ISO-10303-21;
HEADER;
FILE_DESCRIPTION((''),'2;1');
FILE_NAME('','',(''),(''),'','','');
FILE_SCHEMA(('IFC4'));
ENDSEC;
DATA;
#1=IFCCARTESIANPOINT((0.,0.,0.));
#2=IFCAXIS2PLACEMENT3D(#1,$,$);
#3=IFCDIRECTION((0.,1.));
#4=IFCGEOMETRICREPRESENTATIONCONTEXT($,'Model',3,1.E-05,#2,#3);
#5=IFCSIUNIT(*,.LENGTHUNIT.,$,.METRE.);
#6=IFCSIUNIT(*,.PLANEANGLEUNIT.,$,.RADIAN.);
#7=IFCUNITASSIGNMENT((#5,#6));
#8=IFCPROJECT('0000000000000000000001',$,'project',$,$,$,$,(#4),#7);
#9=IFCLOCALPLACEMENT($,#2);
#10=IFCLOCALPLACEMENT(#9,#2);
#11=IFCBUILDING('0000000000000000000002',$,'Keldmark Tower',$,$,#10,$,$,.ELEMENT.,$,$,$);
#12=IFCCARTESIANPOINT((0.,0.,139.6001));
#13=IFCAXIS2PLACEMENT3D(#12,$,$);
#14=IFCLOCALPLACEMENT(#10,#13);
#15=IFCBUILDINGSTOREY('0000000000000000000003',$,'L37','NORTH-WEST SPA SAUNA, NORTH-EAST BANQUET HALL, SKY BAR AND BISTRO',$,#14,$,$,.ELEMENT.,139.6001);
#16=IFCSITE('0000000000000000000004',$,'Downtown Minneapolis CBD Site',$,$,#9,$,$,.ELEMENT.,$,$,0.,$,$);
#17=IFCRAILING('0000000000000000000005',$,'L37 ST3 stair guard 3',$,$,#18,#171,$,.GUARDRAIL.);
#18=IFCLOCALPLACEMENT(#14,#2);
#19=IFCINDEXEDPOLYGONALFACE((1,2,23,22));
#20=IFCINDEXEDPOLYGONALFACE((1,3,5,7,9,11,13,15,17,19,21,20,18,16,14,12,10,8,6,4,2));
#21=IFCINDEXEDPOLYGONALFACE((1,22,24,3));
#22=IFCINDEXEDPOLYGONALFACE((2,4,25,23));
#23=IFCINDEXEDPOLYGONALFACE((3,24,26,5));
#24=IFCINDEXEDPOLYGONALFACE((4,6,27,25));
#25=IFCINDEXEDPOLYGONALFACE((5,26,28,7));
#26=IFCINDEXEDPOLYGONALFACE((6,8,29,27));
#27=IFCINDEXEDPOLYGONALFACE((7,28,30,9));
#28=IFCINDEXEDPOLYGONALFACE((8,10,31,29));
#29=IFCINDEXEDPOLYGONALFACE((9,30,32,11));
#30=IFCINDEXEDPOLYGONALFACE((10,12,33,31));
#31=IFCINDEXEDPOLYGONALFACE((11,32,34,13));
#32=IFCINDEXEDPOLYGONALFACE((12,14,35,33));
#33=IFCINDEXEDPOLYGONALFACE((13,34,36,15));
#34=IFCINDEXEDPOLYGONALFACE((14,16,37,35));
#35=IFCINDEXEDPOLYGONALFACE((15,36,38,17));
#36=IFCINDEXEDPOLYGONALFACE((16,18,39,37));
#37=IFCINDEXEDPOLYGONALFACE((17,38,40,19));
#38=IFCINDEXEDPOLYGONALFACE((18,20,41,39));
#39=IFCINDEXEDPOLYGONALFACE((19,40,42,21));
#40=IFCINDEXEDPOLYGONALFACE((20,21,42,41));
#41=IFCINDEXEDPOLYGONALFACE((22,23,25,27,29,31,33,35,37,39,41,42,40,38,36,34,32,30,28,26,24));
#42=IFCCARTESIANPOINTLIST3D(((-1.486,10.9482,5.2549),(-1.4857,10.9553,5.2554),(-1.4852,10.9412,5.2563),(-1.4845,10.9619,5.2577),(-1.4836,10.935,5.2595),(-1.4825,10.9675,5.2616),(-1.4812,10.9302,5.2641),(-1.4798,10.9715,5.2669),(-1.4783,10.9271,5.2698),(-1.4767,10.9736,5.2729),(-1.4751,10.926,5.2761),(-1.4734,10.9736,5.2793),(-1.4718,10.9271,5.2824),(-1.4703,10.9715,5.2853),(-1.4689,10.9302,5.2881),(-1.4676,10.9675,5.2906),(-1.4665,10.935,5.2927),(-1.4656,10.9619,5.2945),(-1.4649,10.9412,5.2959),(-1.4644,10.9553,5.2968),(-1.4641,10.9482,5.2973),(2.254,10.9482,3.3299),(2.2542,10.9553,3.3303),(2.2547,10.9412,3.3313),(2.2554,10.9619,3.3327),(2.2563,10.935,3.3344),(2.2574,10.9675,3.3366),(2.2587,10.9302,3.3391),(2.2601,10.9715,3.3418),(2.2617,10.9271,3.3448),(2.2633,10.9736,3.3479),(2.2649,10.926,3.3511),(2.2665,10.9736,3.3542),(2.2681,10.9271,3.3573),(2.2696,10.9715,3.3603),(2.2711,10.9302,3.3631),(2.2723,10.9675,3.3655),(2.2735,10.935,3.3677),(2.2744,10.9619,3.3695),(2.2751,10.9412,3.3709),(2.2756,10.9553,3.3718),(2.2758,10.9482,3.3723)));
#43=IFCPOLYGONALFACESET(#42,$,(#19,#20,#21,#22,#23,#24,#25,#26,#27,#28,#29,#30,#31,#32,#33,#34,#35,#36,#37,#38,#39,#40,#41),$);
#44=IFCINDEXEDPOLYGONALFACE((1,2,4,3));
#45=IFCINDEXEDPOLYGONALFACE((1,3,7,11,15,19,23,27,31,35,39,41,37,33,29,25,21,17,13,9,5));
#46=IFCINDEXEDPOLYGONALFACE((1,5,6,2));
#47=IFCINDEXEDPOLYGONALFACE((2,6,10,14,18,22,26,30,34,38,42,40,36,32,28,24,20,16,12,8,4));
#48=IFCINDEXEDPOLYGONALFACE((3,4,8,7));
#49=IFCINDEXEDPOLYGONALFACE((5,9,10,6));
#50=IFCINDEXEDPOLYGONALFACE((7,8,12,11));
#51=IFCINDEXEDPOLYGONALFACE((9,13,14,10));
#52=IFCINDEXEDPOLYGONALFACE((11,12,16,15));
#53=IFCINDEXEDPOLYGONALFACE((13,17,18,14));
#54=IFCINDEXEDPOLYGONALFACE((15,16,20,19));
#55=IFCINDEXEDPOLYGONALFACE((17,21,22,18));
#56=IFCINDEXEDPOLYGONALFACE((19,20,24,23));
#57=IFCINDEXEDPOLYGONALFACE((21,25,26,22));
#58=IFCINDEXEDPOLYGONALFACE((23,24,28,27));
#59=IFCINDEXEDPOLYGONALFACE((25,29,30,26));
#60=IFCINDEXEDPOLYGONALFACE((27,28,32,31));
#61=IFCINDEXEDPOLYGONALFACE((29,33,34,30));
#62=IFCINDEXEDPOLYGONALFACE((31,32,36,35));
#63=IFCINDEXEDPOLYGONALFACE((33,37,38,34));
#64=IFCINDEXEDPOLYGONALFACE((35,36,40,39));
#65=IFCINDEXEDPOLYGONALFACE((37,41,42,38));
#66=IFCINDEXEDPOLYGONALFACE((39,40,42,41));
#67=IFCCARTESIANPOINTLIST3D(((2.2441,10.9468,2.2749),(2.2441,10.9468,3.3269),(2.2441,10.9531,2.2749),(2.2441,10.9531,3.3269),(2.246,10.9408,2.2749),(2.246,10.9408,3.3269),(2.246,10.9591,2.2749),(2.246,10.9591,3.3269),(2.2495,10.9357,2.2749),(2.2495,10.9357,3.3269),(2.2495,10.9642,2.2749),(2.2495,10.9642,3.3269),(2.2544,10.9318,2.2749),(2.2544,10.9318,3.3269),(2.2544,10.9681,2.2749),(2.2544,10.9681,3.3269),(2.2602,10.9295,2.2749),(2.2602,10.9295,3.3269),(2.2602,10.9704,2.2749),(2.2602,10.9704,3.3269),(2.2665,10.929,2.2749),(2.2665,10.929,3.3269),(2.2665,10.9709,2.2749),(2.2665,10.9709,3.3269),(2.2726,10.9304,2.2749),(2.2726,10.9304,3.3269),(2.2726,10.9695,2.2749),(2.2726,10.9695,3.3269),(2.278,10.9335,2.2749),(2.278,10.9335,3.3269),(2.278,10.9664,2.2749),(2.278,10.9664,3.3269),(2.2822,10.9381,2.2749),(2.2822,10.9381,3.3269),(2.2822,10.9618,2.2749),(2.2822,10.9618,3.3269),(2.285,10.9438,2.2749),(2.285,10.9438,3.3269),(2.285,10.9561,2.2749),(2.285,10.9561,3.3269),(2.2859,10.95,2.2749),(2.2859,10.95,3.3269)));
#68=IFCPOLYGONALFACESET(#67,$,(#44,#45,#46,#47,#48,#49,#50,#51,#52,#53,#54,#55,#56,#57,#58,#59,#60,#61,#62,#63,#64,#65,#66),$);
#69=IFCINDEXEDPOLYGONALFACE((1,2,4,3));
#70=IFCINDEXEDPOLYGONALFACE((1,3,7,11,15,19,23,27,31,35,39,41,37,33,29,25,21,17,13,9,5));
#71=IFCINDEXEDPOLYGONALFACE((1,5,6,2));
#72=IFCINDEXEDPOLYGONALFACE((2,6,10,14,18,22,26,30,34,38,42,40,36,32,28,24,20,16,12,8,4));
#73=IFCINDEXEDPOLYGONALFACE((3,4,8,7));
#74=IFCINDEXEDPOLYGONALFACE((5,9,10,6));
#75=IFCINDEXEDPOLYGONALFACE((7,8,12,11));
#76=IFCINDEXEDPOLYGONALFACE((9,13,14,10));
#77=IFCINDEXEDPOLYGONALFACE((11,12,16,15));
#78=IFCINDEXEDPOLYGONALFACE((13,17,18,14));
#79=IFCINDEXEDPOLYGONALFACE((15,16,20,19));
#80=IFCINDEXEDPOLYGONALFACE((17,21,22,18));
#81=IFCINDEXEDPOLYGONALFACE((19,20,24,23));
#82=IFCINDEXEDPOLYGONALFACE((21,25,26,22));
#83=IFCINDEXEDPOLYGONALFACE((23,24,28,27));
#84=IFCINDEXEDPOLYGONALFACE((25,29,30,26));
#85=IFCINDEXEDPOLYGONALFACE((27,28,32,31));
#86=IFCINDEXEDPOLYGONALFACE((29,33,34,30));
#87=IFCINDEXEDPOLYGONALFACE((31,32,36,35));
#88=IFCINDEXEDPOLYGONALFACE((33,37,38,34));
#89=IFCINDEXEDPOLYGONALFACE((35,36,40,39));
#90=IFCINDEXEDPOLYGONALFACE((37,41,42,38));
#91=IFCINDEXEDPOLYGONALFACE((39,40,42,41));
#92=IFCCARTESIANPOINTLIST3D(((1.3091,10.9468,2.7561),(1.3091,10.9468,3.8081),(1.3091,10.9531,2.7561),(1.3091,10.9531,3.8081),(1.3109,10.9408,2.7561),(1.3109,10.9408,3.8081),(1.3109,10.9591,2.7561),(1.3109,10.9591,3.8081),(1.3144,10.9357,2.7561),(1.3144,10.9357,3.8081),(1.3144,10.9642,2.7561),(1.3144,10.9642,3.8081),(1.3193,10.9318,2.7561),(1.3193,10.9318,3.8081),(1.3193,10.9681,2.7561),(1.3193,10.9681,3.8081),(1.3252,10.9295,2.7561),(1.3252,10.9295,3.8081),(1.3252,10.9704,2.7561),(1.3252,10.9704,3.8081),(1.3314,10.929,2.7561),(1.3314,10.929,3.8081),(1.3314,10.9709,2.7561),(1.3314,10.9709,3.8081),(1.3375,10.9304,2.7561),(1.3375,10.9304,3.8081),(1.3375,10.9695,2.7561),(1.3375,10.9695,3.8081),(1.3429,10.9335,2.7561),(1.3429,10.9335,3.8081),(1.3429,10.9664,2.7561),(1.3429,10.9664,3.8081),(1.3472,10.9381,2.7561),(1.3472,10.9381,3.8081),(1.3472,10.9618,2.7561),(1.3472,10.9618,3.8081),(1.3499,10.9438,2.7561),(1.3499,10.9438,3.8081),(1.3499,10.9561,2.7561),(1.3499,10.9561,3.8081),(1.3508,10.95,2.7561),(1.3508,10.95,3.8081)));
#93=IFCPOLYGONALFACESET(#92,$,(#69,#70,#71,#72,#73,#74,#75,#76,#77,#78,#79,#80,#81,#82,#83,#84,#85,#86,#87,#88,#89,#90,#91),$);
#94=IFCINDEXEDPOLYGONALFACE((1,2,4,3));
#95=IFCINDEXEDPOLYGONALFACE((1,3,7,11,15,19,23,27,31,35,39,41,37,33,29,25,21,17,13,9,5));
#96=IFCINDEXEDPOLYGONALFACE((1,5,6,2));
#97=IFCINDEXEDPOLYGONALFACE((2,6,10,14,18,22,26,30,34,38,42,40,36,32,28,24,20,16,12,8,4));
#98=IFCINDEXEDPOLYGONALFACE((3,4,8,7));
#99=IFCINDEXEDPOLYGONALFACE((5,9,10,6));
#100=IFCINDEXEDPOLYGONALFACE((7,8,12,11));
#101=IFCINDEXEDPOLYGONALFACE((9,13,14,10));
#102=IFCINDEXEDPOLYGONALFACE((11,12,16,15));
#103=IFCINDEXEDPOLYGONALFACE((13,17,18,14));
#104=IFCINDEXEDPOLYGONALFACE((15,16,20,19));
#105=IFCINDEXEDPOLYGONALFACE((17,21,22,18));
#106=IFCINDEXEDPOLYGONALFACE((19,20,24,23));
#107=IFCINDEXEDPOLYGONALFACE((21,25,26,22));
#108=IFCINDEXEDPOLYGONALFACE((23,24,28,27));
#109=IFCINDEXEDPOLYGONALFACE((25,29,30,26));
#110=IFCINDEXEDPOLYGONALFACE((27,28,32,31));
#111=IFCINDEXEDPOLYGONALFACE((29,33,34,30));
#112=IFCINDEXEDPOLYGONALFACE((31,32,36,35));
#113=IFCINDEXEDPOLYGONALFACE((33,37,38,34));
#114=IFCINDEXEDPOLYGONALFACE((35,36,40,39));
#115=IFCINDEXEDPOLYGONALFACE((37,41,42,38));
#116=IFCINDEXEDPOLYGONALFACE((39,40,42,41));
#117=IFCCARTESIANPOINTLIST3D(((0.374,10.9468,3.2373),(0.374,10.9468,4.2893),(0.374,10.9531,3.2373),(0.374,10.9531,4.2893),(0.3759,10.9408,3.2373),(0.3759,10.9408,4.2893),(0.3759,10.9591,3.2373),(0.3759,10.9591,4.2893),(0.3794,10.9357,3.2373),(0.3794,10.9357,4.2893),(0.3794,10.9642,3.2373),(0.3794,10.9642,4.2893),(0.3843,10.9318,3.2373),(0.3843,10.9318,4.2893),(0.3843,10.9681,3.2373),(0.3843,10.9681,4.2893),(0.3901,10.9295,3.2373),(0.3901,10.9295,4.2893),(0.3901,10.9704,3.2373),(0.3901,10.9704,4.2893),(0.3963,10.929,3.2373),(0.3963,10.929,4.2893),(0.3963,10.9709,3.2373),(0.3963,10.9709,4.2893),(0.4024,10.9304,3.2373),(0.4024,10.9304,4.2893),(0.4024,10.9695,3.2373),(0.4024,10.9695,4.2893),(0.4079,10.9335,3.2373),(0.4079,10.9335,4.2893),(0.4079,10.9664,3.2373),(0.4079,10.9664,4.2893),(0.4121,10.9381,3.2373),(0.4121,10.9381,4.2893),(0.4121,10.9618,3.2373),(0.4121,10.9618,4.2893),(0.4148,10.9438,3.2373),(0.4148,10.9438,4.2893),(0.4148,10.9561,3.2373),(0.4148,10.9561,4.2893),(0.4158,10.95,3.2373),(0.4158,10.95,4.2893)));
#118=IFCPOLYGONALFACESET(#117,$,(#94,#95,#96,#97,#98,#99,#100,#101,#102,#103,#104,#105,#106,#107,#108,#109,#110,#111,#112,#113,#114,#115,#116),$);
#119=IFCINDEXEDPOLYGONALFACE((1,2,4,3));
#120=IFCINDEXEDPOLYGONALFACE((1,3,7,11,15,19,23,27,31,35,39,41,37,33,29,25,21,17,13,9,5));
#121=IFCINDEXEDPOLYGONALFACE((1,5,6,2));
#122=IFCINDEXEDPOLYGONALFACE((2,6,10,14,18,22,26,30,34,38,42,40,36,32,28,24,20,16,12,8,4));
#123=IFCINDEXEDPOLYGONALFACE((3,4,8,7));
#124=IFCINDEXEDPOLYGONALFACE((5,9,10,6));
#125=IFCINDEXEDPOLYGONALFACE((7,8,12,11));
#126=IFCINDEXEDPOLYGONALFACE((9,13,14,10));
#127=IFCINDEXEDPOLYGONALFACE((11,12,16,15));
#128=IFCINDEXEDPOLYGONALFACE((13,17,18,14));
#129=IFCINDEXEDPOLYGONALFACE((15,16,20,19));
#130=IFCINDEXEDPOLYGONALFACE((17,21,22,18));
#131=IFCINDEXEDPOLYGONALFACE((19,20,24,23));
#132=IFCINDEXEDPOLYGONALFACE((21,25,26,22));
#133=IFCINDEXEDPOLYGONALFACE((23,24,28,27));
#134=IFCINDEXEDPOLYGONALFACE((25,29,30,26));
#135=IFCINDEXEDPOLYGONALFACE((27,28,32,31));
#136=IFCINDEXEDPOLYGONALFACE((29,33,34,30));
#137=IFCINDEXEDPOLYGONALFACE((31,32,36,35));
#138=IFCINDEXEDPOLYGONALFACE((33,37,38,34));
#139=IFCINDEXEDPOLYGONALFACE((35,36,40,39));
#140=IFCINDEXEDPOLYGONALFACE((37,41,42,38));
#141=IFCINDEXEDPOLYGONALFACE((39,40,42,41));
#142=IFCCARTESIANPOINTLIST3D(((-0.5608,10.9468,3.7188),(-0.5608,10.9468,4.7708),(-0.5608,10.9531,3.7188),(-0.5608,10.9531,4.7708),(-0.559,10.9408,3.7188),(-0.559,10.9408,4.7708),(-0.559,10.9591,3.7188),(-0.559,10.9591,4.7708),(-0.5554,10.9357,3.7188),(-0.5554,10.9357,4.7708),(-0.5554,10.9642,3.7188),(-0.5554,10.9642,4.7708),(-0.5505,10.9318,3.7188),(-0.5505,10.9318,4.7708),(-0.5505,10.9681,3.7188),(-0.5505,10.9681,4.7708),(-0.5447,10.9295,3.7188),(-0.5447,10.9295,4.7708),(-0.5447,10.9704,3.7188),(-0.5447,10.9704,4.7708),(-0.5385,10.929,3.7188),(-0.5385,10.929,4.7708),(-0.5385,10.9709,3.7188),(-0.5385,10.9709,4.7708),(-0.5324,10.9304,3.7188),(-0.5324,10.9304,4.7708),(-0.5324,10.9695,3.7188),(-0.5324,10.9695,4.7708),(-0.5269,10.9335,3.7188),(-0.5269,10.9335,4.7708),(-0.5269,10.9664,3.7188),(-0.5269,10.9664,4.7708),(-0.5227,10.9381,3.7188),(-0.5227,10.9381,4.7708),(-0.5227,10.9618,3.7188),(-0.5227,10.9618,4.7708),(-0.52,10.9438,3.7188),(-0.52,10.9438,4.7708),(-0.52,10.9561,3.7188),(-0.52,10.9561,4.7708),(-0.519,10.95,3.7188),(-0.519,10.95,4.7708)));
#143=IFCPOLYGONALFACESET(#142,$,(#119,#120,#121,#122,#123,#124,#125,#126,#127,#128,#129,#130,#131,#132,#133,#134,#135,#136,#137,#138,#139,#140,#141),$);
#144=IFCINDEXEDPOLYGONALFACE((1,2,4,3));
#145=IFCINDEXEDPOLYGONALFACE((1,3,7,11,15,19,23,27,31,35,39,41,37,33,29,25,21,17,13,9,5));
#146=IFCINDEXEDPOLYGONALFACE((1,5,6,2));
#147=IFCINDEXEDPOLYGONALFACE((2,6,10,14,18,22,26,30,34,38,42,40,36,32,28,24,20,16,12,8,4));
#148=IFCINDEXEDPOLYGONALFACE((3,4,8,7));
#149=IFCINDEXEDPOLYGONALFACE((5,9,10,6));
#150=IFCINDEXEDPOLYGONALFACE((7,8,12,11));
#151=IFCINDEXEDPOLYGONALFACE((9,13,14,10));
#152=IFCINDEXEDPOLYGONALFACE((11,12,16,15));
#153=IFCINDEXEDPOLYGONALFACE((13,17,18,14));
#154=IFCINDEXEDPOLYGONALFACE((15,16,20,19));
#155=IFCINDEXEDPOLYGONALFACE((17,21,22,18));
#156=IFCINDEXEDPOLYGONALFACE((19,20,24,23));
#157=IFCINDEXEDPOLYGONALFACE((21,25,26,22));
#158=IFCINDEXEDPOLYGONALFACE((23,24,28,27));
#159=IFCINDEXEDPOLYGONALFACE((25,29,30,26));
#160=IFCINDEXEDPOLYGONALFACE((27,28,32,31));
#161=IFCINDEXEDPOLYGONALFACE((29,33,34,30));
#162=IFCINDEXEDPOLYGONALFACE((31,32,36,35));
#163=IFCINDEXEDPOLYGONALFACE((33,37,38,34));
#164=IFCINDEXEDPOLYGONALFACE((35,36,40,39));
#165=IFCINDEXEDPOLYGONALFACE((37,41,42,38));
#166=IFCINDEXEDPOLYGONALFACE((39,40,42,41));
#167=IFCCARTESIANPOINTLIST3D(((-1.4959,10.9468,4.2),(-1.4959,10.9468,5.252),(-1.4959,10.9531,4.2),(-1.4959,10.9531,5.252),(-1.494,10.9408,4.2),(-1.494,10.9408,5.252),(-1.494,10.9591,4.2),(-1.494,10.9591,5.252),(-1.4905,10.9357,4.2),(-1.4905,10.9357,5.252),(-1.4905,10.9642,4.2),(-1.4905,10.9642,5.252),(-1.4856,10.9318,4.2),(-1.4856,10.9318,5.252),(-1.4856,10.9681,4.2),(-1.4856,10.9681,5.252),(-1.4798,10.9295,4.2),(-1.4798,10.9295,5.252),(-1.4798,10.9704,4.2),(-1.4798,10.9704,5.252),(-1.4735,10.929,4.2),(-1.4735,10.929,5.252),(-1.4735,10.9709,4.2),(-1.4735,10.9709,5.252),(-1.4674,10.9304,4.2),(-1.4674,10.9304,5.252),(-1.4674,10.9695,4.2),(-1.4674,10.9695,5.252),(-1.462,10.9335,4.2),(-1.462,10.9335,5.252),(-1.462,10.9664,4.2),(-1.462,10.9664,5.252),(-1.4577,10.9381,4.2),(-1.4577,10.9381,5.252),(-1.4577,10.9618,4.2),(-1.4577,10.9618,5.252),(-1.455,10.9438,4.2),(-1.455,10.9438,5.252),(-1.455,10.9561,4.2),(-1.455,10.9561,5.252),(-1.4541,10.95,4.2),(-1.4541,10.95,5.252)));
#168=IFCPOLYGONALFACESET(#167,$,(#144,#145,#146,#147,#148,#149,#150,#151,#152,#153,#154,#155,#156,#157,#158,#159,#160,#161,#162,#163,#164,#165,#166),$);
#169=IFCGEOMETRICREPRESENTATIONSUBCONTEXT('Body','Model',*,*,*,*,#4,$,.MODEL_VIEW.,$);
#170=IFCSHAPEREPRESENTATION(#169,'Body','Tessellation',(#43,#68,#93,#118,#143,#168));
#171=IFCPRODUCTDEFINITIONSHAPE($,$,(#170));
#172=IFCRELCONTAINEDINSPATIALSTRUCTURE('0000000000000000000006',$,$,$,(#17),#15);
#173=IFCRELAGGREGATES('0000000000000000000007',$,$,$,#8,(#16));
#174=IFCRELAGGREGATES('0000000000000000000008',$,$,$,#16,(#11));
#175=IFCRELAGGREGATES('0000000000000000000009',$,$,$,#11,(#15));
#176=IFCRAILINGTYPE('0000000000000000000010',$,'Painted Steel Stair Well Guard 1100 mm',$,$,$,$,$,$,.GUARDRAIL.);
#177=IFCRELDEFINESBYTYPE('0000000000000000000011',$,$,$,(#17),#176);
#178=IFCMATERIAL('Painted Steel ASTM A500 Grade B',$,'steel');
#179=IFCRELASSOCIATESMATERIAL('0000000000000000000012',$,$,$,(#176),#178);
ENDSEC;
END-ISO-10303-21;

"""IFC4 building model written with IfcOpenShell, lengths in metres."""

from ifc_helpers import new_model, si_unit, direction, frame, origin, origin_2d, place, context, subcontext, project, spatial, circle, extrude, material, type_object, element, save


model = new_model("IFC4")

# Units and contexts
model_context = context("Model", 3, precision=1e-05, world=origin(), true_north=direction((0.0, 1.0)))
body_context = subcontext(model_context, "Body", "Model", "MODEL_VIEW")
ifc_project = project(units=[si_unit("LENGTHUNIT", "METRE"), si_unit("PLANEANGLEUNIT", "RADIAN")], contexts=[model_context])

# Site, building, storey
site_placement = place(None, origin())
site = spatial("IfcSite", under=ifc_project, at=site_placement, Name="Downtown Minneapolis CBD Site", CompositionType="ELEMENT", RefElevation=0.0)
building_placement = place(site_placement, origin())
building = spatial("IfcBuilding", under=site, at=building_placement, Name="Keldmark Tower", CompositionType="ELEMENT")
storey_placement = place(building_placement, frame((0.0, 0.0, 139.6001)))
storey = spatial("IfcBuildingStorey", under=building, at=storey_placement, Name="L37", Description="NORTH-WEST SPA SAUNA, NORTH-EAST BANQUET HALL, SKY BAR AND BISTRO", CompositionType="ELEMENT", Elevation=139.6001)

# Railing
ifc_material_1 = material(Name="Painted Steel ASTM A500 Grade B", Category="steel")
railing_type_1 = type_object("IfcRailingType", Name="Painted Steel Stair Well Guard 1100 mm", PredefinedType="GUARDRAIL", material=ifc_material_1)
railing_1_placement = place(storey_placement, frame((2.2649, 10.95, 2.2749)))
element("IfcRailing", 1, at=railing_1_placement, inside=storey, type_object=railing_type_1, Name="L37 ST3 stair guard 3", PredefinedType="GUARDRAIL", context=body_context, shape_type="SweptSolid", body=[
    extrude(circle(Radius=0.0239, at=origin_2d()), frame((0.0, 0.0, 1.0762), z_axis=(-0.889131, 0.0, 0.457654), x_axis=(0.0, -1.0, 0.0)), (0.0, 0.0, 1.0), 4.2063),
    extrude(circle(Radius=0.021, at=origin_2d()), origin(), (0.0, 0.0, 1.0), 1.052),
    extrude(circle(Radius=0.021, at=origin_2d()), frame((-0.9351, 0.0, 0.4812)), (0.0, 0.0, 1.0), 1.052),
    extrude(circle(Radius=0.021, at=origin_2d()), frame((-1.8701, 0.0, 0.9624)), (0.0, 0.0, 1.0), 1.052),
    extrude(circle(Radius=0.021, at=origin_2d()), frame((-2.8049, 0.0, 1.4438)), (0.0, 0.0, 1.0), 1.052),
    extrude(circle(Radius=0.021, at=origin_2d()), frame((-3.74, 0.0, 1.925)), (0.0, 0.0, 1.0), 1.052),
])

save(model, "model.ifc")
